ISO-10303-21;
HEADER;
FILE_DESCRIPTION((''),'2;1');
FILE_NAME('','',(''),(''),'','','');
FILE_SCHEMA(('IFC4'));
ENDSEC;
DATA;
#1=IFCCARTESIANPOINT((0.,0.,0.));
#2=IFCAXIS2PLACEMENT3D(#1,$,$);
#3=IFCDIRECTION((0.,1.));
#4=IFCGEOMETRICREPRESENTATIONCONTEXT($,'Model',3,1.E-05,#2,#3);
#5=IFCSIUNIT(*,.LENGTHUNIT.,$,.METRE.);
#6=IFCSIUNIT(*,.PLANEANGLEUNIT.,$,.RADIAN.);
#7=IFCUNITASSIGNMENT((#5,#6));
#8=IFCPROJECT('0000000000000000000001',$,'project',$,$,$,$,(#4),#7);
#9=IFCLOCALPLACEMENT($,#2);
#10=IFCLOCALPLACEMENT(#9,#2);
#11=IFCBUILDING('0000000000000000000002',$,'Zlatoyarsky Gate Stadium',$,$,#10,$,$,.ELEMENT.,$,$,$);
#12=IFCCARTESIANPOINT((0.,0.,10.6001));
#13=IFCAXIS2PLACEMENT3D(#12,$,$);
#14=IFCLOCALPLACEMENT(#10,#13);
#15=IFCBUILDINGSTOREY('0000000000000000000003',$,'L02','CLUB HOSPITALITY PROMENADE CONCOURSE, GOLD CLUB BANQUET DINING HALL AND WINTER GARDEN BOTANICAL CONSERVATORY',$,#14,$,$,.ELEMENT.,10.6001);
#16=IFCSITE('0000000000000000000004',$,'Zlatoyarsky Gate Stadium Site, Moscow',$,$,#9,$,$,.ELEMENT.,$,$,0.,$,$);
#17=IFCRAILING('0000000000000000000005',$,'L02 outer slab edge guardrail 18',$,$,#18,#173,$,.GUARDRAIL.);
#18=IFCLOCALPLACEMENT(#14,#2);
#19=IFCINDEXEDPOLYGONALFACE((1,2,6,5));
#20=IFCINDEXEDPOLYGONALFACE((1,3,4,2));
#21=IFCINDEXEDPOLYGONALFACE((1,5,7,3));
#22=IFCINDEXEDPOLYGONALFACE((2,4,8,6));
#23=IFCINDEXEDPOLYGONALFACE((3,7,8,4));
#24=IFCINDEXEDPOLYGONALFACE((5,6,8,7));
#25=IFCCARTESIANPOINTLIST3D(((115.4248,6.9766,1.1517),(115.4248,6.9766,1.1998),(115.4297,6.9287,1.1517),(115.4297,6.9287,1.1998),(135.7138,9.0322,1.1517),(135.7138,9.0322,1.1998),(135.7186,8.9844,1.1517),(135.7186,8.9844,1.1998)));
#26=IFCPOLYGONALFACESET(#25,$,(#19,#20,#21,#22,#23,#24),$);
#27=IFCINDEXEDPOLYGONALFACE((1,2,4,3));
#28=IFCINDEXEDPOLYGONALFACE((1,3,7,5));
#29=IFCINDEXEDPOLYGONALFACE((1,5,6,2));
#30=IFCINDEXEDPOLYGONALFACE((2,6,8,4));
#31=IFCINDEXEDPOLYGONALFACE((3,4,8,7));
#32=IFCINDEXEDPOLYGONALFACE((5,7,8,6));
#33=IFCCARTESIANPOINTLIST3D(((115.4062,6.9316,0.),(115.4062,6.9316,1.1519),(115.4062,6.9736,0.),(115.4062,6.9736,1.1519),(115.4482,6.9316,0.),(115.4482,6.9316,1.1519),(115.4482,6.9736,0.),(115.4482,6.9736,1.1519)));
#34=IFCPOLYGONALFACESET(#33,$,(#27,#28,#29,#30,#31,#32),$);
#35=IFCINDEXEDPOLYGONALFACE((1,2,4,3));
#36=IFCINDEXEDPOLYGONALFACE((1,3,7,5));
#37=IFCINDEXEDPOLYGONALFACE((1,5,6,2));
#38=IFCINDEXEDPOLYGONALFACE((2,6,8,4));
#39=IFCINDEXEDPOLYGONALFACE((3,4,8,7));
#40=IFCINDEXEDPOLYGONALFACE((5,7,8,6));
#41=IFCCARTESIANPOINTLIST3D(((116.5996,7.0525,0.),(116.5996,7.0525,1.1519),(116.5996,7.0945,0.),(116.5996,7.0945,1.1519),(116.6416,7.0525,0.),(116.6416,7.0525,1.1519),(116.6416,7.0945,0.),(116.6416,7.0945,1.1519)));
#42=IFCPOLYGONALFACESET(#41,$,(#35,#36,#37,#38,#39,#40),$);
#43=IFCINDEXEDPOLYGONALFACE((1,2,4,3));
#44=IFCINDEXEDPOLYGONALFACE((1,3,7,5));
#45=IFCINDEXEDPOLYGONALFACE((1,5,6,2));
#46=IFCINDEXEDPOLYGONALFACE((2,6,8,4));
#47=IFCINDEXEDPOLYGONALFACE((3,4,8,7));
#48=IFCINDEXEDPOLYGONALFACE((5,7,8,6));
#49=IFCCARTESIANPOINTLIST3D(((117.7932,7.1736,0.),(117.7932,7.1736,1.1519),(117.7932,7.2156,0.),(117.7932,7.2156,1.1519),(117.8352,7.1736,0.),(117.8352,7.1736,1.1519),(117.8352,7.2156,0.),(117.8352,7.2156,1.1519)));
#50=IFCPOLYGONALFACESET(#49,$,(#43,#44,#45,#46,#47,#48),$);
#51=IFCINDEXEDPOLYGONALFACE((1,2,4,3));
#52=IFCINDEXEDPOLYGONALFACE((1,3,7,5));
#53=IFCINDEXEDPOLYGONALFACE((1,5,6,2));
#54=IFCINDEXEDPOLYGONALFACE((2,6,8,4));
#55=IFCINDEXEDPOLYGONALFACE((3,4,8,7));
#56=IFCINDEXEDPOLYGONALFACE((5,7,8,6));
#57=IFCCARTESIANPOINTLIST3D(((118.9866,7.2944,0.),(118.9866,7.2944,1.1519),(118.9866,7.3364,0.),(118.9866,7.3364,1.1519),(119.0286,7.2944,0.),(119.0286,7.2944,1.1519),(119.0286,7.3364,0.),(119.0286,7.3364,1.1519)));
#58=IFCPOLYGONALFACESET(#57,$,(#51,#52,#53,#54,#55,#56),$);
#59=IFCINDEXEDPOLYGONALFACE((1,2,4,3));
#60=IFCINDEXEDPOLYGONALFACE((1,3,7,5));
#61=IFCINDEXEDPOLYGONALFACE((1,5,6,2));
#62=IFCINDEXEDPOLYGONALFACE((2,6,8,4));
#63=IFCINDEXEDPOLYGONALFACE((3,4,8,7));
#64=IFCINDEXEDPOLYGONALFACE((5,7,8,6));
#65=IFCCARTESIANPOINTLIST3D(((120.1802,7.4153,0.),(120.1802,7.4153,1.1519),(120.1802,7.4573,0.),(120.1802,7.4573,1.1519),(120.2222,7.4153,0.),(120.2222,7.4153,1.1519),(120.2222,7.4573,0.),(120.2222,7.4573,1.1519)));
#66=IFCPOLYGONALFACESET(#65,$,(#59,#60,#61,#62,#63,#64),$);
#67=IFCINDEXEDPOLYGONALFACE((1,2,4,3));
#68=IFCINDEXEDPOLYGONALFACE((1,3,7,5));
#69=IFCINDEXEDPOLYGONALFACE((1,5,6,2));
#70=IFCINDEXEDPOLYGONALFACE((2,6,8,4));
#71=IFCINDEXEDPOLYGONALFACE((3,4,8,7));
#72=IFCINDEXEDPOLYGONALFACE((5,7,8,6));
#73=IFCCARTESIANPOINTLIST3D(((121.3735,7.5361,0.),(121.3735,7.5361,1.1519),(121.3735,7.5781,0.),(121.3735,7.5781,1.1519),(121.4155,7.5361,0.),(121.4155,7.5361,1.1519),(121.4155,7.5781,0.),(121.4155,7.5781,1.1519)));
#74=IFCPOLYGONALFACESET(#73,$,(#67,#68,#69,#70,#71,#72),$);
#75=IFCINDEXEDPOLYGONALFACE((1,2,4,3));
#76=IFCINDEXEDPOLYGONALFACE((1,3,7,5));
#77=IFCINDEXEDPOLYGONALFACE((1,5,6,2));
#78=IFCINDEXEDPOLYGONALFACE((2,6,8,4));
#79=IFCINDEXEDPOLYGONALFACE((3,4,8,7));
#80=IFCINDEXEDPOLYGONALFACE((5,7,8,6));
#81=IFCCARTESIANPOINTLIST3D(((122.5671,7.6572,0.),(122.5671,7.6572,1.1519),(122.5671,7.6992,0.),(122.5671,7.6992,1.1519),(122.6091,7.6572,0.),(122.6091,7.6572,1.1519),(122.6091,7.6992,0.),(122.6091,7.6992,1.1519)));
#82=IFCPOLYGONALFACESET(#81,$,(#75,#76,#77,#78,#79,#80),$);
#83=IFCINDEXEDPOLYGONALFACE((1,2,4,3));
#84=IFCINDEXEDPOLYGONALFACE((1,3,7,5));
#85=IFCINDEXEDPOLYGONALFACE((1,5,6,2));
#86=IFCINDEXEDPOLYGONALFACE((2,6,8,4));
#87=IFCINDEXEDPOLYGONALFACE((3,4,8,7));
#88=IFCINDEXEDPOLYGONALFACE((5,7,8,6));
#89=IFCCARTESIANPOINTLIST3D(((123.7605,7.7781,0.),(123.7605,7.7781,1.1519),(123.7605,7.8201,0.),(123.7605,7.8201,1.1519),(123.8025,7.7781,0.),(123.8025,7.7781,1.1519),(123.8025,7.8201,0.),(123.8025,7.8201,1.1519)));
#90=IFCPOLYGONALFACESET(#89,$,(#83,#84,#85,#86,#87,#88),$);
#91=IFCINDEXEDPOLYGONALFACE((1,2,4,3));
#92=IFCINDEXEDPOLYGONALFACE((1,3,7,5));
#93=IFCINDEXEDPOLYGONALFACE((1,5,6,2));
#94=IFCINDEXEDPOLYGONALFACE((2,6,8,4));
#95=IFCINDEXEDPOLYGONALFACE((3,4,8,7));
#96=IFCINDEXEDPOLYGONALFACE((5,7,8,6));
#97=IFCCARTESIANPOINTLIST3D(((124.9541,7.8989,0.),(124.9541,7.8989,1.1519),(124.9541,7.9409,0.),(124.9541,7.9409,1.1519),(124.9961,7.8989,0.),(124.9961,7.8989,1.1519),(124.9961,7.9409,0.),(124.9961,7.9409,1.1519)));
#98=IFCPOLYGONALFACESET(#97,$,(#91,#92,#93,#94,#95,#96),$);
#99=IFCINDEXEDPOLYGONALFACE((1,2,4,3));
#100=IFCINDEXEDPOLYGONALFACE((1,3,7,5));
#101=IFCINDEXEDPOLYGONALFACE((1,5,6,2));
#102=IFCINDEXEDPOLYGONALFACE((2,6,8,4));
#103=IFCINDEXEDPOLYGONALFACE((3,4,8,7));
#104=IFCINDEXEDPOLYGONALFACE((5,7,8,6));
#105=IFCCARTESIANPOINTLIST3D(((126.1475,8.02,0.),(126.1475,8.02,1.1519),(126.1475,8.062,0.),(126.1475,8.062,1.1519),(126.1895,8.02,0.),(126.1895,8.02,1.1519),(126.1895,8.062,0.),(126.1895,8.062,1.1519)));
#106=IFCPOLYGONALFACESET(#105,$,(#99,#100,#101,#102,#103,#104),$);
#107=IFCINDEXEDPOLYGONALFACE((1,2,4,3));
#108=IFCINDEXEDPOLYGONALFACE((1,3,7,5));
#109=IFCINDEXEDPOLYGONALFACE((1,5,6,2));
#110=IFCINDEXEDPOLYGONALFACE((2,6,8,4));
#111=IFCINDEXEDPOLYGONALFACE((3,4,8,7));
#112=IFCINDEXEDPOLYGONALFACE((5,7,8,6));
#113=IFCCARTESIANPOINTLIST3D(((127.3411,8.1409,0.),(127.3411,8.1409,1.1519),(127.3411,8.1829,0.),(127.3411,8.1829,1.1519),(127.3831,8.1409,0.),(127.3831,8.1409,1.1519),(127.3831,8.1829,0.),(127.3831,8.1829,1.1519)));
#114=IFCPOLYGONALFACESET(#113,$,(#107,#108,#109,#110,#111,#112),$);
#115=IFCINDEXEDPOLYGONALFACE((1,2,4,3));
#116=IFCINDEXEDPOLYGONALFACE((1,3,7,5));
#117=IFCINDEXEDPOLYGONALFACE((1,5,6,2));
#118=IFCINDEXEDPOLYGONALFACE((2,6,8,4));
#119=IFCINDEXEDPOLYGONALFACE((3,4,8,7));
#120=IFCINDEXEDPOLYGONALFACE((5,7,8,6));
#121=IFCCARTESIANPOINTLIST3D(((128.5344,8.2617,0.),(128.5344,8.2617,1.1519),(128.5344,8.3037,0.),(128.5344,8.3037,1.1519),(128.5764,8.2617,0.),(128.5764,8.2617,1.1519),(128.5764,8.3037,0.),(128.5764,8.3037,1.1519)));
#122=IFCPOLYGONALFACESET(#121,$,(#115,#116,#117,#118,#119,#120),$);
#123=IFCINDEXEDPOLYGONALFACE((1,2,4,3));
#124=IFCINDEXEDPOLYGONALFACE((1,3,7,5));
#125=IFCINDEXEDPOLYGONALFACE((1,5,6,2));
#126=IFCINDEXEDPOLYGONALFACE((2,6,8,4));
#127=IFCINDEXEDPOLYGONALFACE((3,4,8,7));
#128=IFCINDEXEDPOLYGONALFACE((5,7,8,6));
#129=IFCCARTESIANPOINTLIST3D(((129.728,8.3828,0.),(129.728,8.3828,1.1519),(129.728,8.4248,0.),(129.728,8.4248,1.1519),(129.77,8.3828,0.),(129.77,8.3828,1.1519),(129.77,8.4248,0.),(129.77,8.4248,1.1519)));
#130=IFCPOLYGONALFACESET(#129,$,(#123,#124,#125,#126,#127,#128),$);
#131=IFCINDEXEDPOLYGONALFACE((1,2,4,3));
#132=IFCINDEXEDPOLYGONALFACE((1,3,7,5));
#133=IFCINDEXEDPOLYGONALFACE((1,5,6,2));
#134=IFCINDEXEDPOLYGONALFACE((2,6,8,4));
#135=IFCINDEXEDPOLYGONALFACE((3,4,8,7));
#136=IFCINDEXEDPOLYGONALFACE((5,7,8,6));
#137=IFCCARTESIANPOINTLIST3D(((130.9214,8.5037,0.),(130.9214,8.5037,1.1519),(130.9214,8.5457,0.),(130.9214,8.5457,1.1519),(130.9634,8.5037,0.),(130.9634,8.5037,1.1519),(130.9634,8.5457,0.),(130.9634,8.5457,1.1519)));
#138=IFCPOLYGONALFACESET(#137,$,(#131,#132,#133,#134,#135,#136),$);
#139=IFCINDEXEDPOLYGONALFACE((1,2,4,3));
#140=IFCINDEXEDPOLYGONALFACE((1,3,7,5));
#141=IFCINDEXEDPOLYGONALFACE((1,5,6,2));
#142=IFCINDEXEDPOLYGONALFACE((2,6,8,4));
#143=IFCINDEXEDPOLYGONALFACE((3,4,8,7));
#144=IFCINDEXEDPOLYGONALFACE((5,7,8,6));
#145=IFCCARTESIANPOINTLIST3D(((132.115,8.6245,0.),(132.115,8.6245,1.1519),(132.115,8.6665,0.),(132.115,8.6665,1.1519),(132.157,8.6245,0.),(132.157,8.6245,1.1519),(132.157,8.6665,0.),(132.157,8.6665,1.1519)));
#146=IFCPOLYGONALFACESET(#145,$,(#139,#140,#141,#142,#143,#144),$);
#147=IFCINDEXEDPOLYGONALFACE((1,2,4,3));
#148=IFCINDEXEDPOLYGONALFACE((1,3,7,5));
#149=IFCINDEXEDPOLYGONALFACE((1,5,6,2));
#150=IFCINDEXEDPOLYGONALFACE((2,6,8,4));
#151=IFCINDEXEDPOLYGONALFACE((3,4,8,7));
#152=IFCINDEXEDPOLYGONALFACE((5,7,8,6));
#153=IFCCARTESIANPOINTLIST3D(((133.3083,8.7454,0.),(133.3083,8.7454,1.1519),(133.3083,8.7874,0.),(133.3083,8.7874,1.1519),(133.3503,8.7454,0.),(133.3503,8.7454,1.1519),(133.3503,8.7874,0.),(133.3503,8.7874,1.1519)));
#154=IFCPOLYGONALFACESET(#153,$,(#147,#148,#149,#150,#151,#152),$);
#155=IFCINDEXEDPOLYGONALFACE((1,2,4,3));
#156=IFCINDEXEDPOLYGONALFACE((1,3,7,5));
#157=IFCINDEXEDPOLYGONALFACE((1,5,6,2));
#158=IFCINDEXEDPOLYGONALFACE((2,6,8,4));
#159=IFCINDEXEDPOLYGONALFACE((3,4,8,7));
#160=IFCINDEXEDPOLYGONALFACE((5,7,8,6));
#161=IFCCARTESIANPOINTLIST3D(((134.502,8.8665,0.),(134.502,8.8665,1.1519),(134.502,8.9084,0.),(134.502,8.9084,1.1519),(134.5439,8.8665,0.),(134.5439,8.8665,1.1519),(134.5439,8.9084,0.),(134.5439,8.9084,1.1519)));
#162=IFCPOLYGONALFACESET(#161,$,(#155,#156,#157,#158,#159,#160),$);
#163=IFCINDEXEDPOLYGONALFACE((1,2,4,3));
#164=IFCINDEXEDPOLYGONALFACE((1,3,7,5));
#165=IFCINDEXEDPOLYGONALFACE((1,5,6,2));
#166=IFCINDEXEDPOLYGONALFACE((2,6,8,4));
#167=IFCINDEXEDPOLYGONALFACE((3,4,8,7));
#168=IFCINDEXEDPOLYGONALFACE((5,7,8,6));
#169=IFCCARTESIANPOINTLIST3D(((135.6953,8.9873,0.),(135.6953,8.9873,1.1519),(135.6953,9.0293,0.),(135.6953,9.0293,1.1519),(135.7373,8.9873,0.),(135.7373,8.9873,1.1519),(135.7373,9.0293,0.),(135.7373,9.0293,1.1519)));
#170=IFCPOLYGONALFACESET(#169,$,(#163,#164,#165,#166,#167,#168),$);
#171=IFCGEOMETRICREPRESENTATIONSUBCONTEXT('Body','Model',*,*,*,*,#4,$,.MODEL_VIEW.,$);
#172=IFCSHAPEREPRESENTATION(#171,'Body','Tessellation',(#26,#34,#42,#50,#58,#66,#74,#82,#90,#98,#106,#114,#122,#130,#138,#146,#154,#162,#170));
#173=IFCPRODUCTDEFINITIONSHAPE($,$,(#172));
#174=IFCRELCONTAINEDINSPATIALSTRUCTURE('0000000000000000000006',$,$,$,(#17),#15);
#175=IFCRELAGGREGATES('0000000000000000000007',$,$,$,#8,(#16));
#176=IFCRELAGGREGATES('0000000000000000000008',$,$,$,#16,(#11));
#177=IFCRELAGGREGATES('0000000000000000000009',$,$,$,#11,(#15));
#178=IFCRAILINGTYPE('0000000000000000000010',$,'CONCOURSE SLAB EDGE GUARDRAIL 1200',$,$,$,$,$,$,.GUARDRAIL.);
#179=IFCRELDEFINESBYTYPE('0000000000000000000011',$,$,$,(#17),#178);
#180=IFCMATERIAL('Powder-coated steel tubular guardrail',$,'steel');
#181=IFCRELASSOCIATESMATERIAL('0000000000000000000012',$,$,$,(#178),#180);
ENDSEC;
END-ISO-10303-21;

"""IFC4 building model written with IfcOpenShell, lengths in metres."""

from ifc_helpers import new_model, si_unit, direction, frame, origin, origin_2d, place, context, subcontext, project, spatial, rectangle, extrude, material, type_object, element, save


model = new_model("IFC4")

# Units and contexts
model_context = context("Model", 3, precision=1e-05, world=origin(), true_north=direction((0.0, 1.0)))
body_context = subcontext(model_context, "Body", "Model", "MODEL_VIEW")
ifc_project = project(units=[si_unit("LENGTHUNIT", "METRE"), si_unit("PLANEANGLEUNIT", "RADIAN")], contexts=[model_context])

# Site, building, storey
site_placement = place(None, origin())
site = spatial("IfcSite", under=ifc_project, at=site_placement, Name="Zlatoyarsky Gate Stadium Site, Moscow", CompositionType="ELEMENT", RefElevation=0.0)
building_placement = place(site_placement, origin())
building = spatial("IfcBuilding", under=site, at=building_placement, Name="Zlatoyarsky Gate Stadium", CompositionType="ELEMENT")
storey_placement = place(building_placement, frame((0.0, 0.0, 10.6001)))
storey = spatial("IfcBuildingStorey", under=building, at=storey_placement, Name="L02", Description="CLUB HOSPITALITY PROMENADE CONCOURSE, GOLD CLUB BANQUET DINING HALL AND WINTER GARDEN BOTANICAL CONSERVATORY", CompositionType="ELEMENT", Elevation=10.6001)

# Railing
ifc_material_1 = material(Name="Powder-coated steel tubular guardrail", Category="steel")
railing_type = type_object("IfcRailingType", Name="CONCOURSE SLAB EDGE GUARDRAIL 1200", PredefinedType="GUARDRAIL", material=ifc_material_1)
railing_placement = place(storey_placement, frame((115.4272, 6.9526, 0.0)))
element("IfcRailing", 1, at=railing_placement, inside=storey, type_object=railing_type, Name="L02 outer slab edge guardrail 18", PredefinedType="GUARDRAIL", context=body_context, shape_type="SweptSolid", body=[
    extrude(rectangle(XDim=0.0481, YDim=0.0481, at=origin_2d()), frame((0.0, 0.0, 1.1758), z_axis=(0.994906, 0.100803, 0.0), x_axis=(-0.100803, 0.994906, 0.0)), (0.0, 0.0, 1.0), 20.3928),
    extrude(rectangle(XDim=0.042, YDim=0.042, at=origin_2d()), origin(), (0.0, 0.0, 1.0), 1.1519),
    extrude(rectangle(XDim=0.042, YDim=0.042, at=origin_2d()), frame((1.1934, 0.1208, 0.0)), (0.0, 0.0, 1.0), 1.1519),
    extrude(rectangle(XDim=0.042, YDim=0.042, at=origin_2d()), frame((2.387, 0.2419, 0.0)), (0.0, 0.0, 1.0), 1.1519),
    extrude(rectangle(XDim=0.042, YDim=0.042, at=origin_2d()), frame((3.5803, 0.3628, 0.0)), (0.0, 0.0, 1.0), 1.1519),
    extrude(rectangle(XDim=0.042, YDim=0.042, at=origin_2d()), frame((4.7739, 0.4836, 0.0)), (0.0, 0.0, 1.0), 1.1519),
    extrude(rectangle(XDim=0.042, YDim=0.042, at=origin_2d()), frame((5.9673, 0.6045, 0.0)), (0.0, 0.0, 1.0), 1.1519),
    extrude(rectangle(XDim=0.042, YDim=0.042, at=origin_2d()), frame((7.1609, 0.7256, 0.0)), (0.0, 0.0, 1.0), 1.1519),
    extrude(rectangle(XDim=0.042, YDim=0.042, at=origin_2d()), frame((8.3542, 0.8464, 0.0)), (0.0, 0.0, 1.0), 1.1519),
    extrude(rectangle(XDim=0.042, YDim=0.042, at=origin_2d()), frame((9.5479, 0.9673, 0.0)), (0.0, 0.0, 1.0), 1.1519),
    extrude(rectangle(XDim=0.042, YDim=0.042, at=origin_2d()), frame((10.7412, 1.0884, 0.0)), (0.0, 0.0, 1.0), 1.1519),
    extrude(rectangle(XDim=0.042, YDim=0.042, at=origin_2d()), frame((11.9348, 1.2092, 0.0)), (0.0, 0.0, 1.0), 1.1519),
    extrude(rectangle(XDim=0.042, YDim=0.042, at=origin_2d()), frame((13.1282, 1.3301, 0.0)), (0.0, 0.0, 1.0), 1.1519),
    extrude(rectangle(XDim=0.042, YDim=0.042, at=origin_2d()), frame((14.3218, 1.4512, 0.0)), (0.0, 0.0, 1.0), 1.1519),
    extrude(rectangle(XDim=0.042, YDim=0.042, at=origin_2d()), frame((15.5151, 1.572, 0.0)), (0.0, 0.0, 1.0), 1.1519),
    extrude(rectangle(XDim=0.042, YDim=0.042, at=origin_2d()), frame((16.7087, 1.6929, 0.0)), (0.0, 0.0, 1.0), 1.1519),
    extrude(rectangle(XDim=0.042, YDim=0.042, at=origin_2d()), frame((17.9021, 1.8137, 0.0)), (0.0, 0.0, 1.0), 1.1519),
    extrude(rectangle(XDim=0.042, YDim=0.042, at=origin_2d()), frame((19.0957, 1.9348, 0.0)), (0.0, 0.0, 1.0), 1.1519),
    extrude(rectangle(XDim=0.042, YDim=0.042, at=origin_2d()), frame((20.2891, 2.0557, 0.0)), (0.0, 0.0, 1.0), 1.1519),
])

save(model, "model.ifc")
